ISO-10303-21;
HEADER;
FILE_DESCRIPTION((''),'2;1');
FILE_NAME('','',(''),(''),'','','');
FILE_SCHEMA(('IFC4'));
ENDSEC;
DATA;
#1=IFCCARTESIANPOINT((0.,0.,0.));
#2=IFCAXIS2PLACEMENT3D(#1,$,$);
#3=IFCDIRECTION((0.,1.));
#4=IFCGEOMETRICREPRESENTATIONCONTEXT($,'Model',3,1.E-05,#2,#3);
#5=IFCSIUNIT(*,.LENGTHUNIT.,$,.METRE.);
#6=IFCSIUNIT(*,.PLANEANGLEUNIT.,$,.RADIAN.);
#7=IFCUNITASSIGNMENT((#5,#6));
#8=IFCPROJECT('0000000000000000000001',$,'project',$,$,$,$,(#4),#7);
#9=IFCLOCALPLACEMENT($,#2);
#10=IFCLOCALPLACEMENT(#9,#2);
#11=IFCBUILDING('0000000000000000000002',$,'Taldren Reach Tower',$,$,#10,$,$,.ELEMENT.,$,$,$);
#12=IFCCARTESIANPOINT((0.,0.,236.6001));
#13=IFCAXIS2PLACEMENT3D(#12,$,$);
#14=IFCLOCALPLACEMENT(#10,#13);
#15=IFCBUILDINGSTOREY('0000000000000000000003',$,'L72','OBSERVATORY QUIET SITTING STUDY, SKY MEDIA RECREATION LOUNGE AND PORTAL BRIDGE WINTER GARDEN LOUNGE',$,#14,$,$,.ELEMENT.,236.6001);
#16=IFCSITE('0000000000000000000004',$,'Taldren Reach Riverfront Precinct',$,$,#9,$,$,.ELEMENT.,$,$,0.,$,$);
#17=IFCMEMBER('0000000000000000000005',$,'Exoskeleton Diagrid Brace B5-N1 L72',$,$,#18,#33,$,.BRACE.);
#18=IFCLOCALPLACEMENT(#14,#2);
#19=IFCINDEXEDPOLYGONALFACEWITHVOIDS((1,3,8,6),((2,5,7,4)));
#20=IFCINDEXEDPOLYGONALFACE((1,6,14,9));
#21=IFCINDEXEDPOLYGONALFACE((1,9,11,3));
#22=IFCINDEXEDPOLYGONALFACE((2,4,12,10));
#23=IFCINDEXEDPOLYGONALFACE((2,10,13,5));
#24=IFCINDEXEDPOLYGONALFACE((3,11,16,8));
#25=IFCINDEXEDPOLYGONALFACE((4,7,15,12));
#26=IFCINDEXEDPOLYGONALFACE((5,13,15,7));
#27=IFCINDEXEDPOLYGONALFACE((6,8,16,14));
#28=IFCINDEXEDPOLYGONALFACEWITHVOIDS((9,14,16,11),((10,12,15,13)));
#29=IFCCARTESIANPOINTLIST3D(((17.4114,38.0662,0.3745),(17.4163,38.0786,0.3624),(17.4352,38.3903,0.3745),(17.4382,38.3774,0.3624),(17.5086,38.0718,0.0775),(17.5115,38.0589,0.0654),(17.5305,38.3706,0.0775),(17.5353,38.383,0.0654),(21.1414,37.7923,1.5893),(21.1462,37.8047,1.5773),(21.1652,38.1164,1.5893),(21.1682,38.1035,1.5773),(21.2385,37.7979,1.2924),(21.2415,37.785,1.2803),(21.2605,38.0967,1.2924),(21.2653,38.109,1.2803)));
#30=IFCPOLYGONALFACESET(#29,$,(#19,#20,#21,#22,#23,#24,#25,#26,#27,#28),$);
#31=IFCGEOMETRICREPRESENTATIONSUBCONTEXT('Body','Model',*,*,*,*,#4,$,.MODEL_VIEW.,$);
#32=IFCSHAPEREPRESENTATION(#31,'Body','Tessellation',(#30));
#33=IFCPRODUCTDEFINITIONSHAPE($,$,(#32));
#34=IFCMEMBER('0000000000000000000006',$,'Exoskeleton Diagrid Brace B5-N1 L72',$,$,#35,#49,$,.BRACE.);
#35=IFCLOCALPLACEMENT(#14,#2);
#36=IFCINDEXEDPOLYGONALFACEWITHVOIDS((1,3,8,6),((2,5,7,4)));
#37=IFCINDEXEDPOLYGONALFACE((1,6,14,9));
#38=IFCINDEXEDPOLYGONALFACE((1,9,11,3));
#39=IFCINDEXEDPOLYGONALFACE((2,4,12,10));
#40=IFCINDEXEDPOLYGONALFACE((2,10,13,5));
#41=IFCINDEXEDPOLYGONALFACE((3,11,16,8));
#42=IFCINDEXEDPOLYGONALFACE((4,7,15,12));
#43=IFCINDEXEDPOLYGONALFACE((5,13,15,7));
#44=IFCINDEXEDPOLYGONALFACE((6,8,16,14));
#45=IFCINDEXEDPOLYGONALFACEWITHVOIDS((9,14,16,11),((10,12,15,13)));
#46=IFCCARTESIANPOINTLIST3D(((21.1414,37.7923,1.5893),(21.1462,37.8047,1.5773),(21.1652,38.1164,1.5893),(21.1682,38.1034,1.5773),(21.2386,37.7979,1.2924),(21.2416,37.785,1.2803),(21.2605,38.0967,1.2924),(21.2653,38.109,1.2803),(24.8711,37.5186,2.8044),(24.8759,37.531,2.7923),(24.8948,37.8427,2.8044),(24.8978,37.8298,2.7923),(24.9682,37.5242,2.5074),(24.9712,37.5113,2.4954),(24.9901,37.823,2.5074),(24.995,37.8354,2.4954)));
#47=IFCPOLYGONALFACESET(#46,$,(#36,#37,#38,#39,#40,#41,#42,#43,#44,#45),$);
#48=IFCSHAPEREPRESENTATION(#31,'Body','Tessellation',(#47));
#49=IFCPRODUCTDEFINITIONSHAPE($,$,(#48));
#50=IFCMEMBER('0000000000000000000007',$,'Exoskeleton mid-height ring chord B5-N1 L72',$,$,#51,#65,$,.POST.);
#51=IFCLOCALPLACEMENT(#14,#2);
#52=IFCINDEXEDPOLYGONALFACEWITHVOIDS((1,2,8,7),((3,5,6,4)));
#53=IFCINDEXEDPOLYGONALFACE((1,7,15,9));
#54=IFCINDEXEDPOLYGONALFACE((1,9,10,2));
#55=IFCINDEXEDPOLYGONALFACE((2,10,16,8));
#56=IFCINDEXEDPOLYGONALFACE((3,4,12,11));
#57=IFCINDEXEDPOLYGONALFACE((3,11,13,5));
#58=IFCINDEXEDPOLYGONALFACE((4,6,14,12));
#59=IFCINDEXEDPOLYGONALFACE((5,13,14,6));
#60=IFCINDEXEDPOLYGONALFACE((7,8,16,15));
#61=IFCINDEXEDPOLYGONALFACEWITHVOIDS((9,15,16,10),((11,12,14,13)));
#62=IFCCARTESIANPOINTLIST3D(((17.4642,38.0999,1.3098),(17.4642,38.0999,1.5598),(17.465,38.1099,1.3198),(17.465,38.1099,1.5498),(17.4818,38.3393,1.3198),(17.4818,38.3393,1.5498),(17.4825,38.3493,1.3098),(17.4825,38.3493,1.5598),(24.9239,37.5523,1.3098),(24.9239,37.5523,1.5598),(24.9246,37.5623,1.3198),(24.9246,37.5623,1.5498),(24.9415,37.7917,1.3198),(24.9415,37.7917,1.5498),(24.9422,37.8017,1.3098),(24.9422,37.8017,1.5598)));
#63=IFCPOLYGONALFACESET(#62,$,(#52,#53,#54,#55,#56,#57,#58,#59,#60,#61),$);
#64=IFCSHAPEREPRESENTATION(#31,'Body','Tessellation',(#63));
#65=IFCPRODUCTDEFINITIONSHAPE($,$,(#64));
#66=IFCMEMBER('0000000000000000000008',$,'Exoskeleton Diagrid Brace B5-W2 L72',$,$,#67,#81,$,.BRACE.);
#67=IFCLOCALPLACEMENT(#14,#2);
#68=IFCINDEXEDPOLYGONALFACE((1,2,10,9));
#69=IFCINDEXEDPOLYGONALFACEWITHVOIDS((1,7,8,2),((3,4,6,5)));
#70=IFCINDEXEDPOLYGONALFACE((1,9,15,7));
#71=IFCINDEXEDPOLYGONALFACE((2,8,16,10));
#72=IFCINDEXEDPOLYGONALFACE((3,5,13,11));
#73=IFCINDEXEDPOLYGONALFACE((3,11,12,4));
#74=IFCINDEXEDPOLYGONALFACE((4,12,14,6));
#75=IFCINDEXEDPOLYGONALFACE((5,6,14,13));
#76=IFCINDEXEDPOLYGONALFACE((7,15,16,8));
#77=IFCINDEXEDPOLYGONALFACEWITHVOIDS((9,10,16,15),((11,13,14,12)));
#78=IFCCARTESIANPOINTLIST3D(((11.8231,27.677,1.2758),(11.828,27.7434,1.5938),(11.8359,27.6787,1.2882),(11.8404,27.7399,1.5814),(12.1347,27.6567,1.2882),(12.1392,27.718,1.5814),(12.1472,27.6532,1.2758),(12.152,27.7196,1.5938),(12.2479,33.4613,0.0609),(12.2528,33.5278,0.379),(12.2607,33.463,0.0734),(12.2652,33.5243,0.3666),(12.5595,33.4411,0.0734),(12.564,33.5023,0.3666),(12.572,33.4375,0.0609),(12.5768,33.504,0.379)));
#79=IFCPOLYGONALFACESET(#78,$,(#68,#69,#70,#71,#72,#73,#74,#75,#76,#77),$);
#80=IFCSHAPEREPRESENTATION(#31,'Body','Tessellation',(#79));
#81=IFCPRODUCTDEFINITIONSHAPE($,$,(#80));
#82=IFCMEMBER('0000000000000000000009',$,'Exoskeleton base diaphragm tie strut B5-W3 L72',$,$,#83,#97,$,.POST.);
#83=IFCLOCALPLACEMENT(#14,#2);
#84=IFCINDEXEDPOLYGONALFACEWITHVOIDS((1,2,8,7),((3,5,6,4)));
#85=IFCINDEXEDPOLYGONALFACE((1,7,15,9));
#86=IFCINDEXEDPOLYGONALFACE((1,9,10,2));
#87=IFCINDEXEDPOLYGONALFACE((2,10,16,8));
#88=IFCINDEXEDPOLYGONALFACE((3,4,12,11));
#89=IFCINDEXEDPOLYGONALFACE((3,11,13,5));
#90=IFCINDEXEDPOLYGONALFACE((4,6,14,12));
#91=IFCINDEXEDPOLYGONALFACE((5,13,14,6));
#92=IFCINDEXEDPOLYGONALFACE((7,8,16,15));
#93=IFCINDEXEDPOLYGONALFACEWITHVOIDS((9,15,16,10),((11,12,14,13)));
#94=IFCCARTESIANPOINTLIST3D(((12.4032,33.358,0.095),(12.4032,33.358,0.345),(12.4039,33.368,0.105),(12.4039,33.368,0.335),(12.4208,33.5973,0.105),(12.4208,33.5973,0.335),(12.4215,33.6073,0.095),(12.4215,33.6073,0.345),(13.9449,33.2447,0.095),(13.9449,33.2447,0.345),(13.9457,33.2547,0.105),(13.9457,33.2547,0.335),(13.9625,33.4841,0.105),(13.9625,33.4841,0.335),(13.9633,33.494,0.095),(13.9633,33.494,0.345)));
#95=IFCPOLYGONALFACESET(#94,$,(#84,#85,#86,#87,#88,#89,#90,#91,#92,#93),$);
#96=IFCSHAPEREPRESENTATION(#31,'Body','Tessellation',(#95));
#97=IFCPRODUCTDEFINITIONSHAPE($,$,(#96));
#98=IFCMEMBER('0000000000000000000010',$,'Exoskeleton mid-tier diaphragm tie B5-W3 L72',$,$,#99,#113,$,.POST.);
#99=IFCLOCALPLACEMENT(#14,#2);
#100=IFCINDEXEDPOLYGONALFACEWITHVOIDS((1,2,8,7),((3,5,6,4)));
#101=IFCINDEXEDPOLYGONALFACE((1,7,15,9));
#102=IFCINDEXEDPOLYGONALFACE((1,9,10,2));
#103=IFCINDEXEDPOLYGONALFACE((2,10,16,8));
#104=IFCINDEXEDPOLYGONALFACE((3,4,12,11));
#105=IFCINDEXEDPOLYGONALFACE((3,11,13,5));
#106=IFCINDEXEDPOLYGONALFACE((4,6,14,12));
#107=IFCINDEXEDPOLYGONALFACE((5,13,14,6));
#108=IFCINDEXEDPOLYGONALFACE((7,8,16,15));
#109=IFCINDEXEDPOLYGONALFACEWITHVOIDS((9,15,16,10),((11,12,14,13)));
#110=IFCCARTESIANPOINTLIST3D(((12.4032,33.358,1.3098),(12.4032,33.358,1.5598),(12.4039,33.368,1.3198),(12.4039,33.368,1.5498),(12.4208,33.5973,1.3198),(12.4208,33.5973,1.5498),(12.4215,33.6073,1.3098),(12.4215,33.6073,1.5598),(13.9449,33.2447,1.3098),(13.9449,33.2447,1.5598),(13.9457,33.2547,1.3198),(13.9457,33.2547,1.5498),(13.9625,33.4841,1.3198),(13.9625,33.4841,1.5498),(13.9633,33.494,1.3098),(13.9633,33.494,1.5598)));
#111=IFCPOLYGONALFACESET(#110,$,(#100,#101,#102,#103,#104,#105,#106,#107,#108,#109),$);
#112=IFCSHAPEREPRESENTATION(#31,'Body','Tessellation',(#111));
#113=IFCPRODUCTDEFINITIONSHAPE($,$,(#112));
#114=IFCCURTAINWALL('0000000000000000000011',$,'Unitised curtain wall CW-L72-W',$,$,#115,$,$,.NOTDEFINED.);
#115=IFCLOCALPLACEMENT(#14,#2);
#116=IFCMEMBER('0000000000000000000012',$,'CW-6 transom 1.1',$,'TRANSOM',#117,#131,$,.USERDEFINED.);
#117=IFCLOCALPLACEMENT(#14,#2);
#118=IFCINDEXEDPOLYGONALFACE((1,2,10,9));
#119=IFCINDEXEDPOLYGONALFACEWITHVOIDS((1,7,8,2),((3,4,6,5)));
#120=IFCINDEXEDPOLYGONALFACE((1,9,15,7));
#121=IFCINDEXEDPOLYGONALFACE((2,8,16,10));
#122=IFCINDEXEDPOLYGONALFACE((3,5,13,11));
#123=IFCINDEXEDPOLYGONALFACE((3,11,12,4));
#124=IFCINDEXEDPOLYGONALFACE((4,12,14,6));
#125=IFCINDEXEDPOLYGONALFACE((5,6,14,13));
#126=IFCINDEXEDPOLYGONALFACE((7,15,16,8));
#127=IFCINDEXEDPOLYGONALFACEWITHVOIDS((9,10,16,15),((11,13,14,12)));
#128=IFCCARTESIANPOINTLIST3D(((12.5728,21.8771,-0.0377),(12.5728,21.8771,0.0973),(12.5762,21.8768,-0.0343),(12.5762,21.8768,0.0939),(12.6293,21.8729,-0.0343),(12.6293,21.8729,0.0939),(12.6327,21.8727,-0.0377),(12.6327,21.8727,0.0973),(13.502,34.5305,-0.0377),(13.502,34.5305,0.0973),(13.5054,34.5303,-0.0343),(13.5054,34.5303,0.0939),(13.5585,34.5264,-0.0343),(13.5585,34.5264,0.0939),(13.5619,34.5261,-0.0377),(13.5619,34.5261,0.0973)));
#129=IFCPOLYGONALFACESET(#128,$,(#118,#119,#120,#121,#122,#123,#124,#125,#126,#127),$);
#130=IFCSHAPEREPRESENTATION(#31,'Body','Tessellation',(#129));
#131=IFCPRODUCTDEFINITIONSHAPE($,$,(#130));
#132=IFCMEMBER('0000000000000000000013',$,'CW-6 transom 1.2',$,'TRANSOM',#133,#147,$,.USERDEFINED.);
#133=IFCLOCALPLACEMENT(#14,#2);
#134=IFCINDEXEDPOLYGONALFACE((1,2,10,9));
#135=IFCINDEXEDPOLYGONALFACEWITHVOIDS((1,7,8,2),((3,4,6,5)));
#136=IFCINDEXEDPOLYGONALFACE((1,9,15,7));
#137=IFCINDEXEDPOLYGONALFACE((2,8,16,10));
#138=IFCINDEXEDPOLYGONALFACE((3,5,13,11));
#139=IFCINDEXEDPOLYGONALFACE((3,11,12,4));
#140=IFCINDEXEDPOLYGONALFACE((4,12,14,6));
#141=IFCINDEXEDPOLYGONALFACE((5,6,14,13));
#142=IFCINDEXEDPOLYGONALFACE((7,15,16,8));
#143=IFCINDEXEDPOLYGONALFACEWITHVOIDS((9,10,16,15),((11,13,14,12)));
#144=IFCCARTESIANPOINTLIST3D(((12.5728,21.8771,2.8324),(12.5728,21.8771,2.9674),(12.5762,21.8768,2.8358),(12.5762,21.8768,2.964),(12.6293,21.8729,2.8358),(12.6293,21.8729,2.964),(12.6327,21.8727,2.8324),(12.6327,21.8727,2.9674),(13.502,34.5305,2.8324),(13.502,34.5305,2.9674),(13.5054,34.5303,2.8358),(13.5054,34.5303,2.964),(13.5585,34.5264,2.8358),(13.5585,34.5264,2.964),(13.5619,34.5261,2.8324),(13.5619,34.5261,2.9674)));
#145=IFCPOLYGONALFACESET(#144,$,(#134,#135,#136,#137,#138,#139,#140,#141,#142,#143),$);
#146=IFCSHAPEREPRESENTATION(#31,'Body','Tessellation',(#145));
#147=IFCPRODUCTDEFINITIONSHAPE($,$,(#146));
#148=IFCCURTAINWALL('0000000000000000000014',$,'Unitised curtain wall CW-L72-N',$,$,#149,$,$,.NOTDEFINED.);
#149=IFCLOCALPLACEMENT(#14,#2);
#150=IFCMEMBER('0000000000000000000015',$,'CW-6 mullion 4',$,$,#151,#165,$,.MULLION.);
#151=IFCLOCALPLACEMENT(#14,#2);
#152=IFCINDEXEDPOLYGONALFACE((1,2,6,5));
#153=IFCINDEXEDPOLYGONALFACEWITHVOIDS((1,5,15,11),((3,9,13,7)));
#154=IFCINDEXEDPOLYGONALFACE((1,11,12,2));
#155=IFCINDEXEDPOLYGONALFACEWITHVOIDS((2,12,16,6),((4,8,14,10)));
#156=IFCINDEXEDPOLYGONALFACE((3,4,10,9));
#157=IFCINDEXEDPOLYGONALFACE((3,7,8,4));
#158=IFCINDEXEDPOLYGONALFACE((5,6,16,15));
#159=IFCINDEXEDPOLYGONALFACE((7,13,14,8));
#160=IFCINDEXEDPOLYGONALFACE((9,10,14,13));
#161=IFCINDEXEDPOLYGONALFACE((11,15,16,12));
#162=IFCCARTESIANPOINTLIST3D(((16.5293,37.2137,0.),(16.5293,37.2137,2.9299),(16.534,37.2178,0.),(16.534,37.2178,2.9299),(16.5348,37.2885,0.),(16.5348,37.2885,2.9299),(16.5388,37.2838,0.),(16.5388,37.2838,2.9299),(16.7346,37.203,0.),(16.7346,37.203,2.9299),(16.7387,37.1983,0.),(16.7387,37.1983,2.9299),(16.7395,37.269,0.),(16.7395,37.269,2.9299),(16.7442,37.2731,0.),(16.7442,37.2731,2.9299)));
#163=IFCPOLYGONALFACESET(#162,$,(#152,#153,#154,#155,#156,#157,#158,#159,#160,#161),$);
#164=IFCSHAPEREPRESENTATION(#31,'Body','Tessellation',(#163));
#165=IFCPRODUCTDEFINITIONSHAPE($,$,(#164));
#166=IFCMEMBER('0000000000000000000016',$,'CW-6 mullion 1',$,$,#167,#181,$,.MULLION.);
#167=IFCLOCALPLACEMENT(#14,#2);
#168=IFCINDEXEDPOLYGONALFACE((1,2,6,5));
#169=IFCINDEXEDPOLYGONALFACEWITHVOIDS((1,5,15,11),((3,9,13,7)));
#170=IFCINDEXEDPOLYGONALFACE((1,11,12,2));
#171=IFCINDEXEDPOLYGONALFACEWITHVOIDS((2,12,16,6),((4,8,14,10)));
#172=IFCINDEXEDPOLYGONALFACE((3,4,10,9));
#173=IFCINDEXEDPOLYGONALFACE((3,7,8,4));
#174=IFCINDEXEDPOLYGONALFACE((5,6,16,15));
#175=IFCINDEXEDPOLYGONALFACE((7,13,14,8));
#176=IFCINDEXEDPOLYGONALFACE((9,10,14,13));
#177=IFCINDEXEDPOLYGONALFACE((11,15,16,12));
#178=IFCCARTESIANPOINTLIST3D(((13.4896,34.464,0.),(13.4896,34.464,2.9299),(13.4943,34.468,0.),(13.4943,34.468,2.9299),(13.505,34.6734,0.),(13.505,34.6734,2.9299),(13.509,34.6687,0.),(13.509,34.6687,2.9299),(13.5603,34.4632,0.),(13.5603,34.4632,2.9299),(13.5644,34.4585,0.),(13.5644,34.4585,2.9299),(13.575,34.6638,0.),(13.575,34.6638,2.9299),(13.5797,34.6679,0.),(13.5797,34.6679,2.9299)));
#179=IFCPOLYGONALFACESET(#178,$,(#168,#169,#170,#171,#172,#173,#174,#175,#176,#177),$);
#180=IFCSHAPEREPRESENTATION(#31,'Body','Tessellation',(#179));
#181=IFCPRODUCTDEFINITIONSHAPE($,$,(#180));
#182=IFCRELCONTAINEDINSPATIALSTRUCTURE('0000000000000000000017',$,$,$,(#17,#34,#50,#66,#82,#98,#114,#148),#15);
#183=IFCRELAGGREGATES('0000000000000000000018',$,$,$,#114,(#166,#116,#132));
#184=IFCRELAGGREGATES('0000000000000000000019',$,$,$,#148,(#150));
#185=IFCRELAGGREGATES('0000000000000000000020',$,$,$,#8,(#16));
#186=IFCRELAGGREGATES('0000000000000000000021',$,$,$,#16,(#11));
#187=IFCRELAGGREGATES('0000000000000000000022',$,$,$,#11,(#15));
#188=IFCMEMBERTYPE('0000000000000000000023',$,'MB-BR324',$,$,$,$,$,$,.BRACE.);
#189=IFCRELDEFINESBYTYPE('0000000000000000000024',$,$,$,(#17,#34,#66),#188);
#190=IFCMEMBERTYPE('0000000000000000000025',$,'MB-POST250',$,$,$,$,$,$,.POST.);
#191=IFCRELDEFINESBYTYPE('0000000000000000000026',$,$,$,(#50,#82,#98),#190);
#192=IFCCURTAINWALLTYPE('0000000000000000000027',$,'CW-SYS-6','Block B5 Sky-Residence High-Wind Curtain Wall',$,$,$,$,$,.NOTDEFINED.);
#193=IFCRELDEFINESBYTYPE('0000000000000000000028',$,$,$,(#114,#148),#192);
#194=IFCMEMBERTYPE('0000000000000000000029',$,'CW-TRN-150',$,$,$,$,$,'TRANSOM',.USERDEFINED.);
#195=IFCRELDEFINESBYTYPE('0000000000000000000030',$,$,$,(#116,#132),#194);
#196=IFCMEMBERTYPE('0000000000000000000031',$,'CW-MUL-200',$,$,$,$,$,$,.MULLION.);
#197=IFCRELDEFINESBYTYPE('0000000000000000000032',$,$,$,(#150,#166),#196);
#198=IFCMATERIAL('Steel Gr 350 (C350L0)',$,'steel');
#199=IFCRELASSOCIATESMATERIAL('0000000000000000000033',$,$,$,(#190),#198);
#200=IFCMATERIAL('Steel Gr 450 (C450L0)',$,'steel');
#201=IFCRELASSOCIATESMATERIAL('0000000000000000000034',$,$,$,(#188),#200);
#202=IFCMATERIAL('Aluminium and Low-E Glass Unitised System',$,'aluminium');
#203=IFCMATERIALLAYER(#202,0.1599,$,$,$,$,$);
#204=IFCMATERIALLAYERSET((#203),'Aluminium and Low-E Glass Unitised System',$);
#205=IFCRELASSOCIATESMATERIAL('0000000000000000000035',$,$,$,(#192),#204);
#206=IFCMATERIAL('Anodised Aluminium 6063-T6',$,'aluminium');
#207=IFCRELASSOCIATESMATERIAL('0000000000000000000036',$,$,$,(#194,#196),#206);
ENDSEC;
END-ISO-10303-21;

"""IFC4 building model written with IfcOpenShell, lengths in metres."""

from ifc_helpers import new_model, si_unit, direction, frame, origin, origin_2d, place, context, subcontext, project, spatial, hollow_rectangle, extrude, source, transform, mapped, material, layer, layer_set, material_profile, profile_set, type_object, element, aggregate, save


model = new_model("IFC4")

# Units and contexts
model_context = context("Model", 3, precision=1e-05, world=origin(), true_north=direction((0.0, 1.0)))
body_context = subcontext(model_context, "Body", "Model", "MODEL_VIEW")
ifc_project = project(units=[si_unit("LENGTHUNIT", "METRE"), si_unit("PLANEANGLEUNIT", "RADIAN")], contexts=[model_context])

# Site, building, storey
site_placement = place(None, origin())
site = spatial("IfcSite", under=ifc_project, at=site_placement, Name="Taldren Reach Riverfront Precinct", CompositionType="ELEMENT", RefElevation=0.0)
building_placement = place(site_placement, origin())
building = spatial("IfcBuilding", under=site, at=building_placement, Name="Taldren Reach Tower", CompositionType="ELEMENT")
storey_placement = place(building_placement, frame((0.0, 0.0, 236.6001)))
storey = spatial("IfcBuildingStorey", under=building, at=storey_placement, Name="L72", Description="OBSERVATORY QUIET SITTING STUDY, SKY MEDIA RECREATION LOUNGE AND PORTAL BRIDGE WINTER GARDEN LOUNGE", CompositionType="ELEMENT", Elevation=236.6001)

# Shared definitions
ifc_material_1 = material(Name="Steel Gr 350 (C350L0)", Category="steel")

# Shared definitions
ifc_material_profile_1 = material_profile(ifc_material_1, hollow_rectangle(XDim=0.25, YDim=0.25, WallThickness=0.01, at=origin_2d()), Name="250x250x10.0SHS")
ifc_profile_set_1 = profile_set([ifc_material_profile_1], Name="Steel Gr 350 (C350L0)")
member_type_1 = type_object("IfcMemberType", Name="MB-POST250", PredefinedType="POST", material=ifc_profile_set_1)
ifc_material_2 = material(Name="Steel Gr 450 (C450L0)", Category="steel")

# Members
ifc_material_profile_2 = material_profile(ifc_material_2, hollow_rectangle(XDim=0.325, YDim=0.325, WallThickness=0.0127, at=origin_2d()), Name="325x325x12.7SHS")
ifc_profile_set_2 = profile_set([ifc_material_profile_2], Name="Steel Gr 450 (C450L0)")
member_type_2 = type_object("IfcMemberType", Name="MB-BR324", PredefinedType="BRACE", material=ifc_profile_set_2)
shared_shape_1 = source(origin(), body_context, "Body", "SweptSolid", [
    extrude(hollow_rectangle(XDim=0.325, YDim=0.325, WallThickness=0.0127, at=origin_2d()), origin(), (0.0, 0.0, 1.0), 3.9324),
])
member_1_placement = place(storey_placement, frame((17.4734, 38.2246, 0.22), z_axis=(0.948529, -0.069659, 0.308933), x_axis=(0.073242, 0.997314, 0.0)))
element("IfcMember", 1, at=member_1_placement, inside=storey, type_object=member_type_2, Name="Exoskeleton Diagrid Brace B5-N1 L72", PredefinedType="BRACE", context=body_context, shape_type="MappedRepresentation", body=[
    mapped(shared_shape_1, transform((0.0, 0.0, 0.0), scale=1.0)),
])
shared_shape_2 = source(origin(), body_context, "Body", "SweptSolid", [
    extrude(hollow_rectangle(XDim=0.325, YDim=0.325, WallThickness=0.0127, at=origin_2d()), origin(), (0.0, 0.0, 1.0), 3.9321),
])
member_2_placement = place(storey_placement, frame((21.2034, 37.9507, 1.4348), z_axis=(0.948509, -0.0696, 0.309009), x_axis=(0.073182, 0.997319, 0.0)))
element("IfcMember", 2, at=member_2_placement, inside=storey, type_object=member_type_2, Name="Exoskeleton Diagrid Brace B5-N1 L72", PredefinedType="BRACE", context=body_context, shape_type="MappedRepresentation", body=[
    mapped(shared_shape_2, transform((0.0, 0.0, 0.0), scale=1.0)),
])
shared_shape_3 = source(origin(), body_context, "Body", "SweptSolid", [
    extrude(hollow_rectangle(XDim=0.25, YDim=0.25, WallThickness=0.01, at=origin_2d()), origin(), (0.0, 0.0, 1.0), 7.4797),
])
member_3_placement = place(storey_placement, frame((17.4734, 38.2246, 1.4348), z_axis=(0.997316, -0.073212, 0.0), x_axis=(0.073212, 0.997316, 0.0)))
element("IfcMember", 3, at=member_3_placement, inside=storey, type_object=member_type_1, Name="Exoskeleton mid-height ring chord B5-N1 L72", PredefinedType="POST", context=body_context, shape_type="MappedRepresentation", body=[
    mapped(shared_shape_3, transform((0.0, 0.0, 0.0), scale=1.0)),
])
shared_shape_4 = source(origin(), body_context, "Body", "SweptSolid", [
    extrude(hollow_rectangle(XDim=0.325, YDim=0.325, WallThickness=0.0127, at=origin_2d()), origin(), (0.0, 0.0, 1.0), 5.9258),
])
member_4_placement = place(storey_placement, frame((12.4124, 33.4827, 0.22), z_axis=(-0.071687, -0.976132, 0.205007), x_axis=(0.997314, -0.073242, 0.0)))
element("IfcMember", 4, at=member_4_placement, inside=storey, type_object=member_type_2, Name="Exoskeleton Diagrid Brace B5-W2 L72", PredefinedType="BRACE", context=body_context, shape_type="MappedRepresentation", body=[
    mapped(shared_shape_4, transform((0.0, 0.0, 0.0), scale=1.0)),
])
shared_shape_5 = source(origin(), body_context, "Body", "SweptSolid", [
    extrude(hollow_rectangle(XDim=0.25, YDim=0.25, WallThickness=0.01, at=origin_2d()), origin(), (0.0, 0.0, 1.0), 1.5459),
])
for number, where, z_axis, x_axis, name in (
    (5, (13.9541, 33.3694, 0.22), (-0.997312, 0.073278, 0.0), (-0.073278, -0.997312, 0.0), "Exoskeleton base diaphragm tie strut B5-W3 L72"),
    (6, (13.9541, 33.3694, 1.4348), (-0.997312, 0.073278, 0.0), (-0.073278, -0.997312, 0.0), "Exoskeleton mid-tier diaphragm tie B5-W3 L72"),
):
    element("IfcMember", number, at=place(storey_placement, frame(where, z_axis=z_axis, x_axis=x_axis)), inside=storey, type_object=member_type_1, Name=name, PredefinedType="POST", context=body_context, shape_type="MappedRepresentation", body=[
        mapped(shared_shape_5, transform((0.0, 0.0, 0.0), scale=1.0)),
    ])

# Curtain wall, members
ifc_material_3 = material(Name="Aluminium and Low-E Glass Unitised System", Category="aluminium")
ifc_layer_1 = layer(ifc_material_3, 0.1599)
ifc_layer_set_1 = layer_set([ifc_layer_1], Name="Aluminium and Low-E Glass Unitised System")
curtain_wall_type = type_object("IfcCurtainWallType", Name="CW-SYS-6", Description="Block B5 Sky-Residence High-Wind Curtain Wall", PredefinedType="NOTDEFINED", material=ifc_layer_set_1)
curtain_wall_1_placement = place(storey_placement, origin())
curtain_wall_1 = element("IfcCurtainWall", 7, at=curtain_wall_1_placement, inside=storey, type_object=curtain_wall_type, Name="Unitised curtain wall CW-L72-W", PredefinedType="NOTDEFINED")
ifc_material_4 = material(Name="Anodised Aluminium 6063-T6", Category="aluminium")
ifc_material_profile_3 = material_profile(ifc_material_4, hollow_rectangle(XDim=0.0601, YDim=0.135, WallThickness=0.0034, at=origin_2d()), Name="ALU-135x60x3.5RHS")
ifc_profile_set_3 = profile_set([ifc_material_profile_3], Name="Anodised Aluminium 6063-T6")
member_type_3 = type_object("IfcMemberType", Name="CW-TRN-150", ElementType="TRANSOM", PredefinedType="USERDEFINED", material=ifc_profile_set_3)
shared_shape_6 = source(origin(), body_context, "Body", "SweptSolid", [
    extrude(hollow_rectangle(XDim=0.0601, YDim=0.135, WallThickness=0.0034, at=origin_2d()), origin(), (0.0, 0.0, 1.0), 12.6875),
])
member_5_placement = place(storey_placement, frame((13.532, 34.5283, 0.0298), z_axis=(-0.073238, -0.997314, 0.0), x_axis=(0.997314, -0.073238, 0.0)))
member_5 = element("IfcMember", 8, at=member_5_placement, type_object=member_type_3, Name="CW-6 transom 1.1", ObjectType="TRANSOM", PredefinedType="USERDEFINED", context=body_context, shape_type="MappedRepresentation", body=[
    mapped(shared_shape_6, transform((0.0, 0.0, 0.0), scale=1.0)),
])
member_6_placement = place(storey_placement, frame((13.532, 34.5283, 2.8999), z_axis=(-0.073238, -0.997314, 0.0), x_axis=(0.997314, -0.073238, 0.0)))
member_6 = element("IfcMember", 9, at=member_6_placement, type_object=member_type_3, Name="CW-6 transom 1.2", ObjectType="TRANSOM", PredefinedType="USERDEFINED", context=body_context, shape_type="MappedRepresentation", body=[
    mapped(shared_shape_6, transform((0.0, 0.0, 0.0), scale=1.0)),
])

# Curtain wall, member
curtain_wall_2_placement = place(storey_placement, origin())
curtain_wall_2 = element("IfcCurtainWall", 10, at=curtain_wall_2_placement, inside=storey, type_object=curtain_wall_type, Name="Unitised curtain wall CW-L72-N", PredefinedType="NOTDEFINED")
ifc_material_profile_4 = material_profile(ifc_material_4, hollow_rectangle(XDim=0.075, YDim=0.21, WallThickness=0.0044, at=origin_2d()), Name="ALU-210x75x4.5RHS")
ifc_profile_set_4 = profile_set([ifc_material_profile_4], Name="Anodised Aluminium 6063-T6")
member_type_4 = type_object("IfcMemberType", Name="CW-MUL-200", PredefinedType="MULLION", material=ifc_profile_set_4)
shared_shape_7 = source(origin(), body_context, "Body", "SweptSolid", [
    extrude(hollow_rectangle(XDim=0.075, YDim=0.21, WallThickness=0.0044, at=origin_2d()), origin(), (0.0, 0.0, 1.0), 2.9299),
])
member_7_placement = place(storey_placement, frame((16.6367, 37.2434, 0.0), z_axis=(0.0, 0.0, 1.0), x_axis=(-0.073238, -0.997314, 0.0)))
member_7 = element("IfcMember", 11, at=member_7_placement, type_object=member_type_4, Name="CW-6 mullion 4", PredefinedType="MULLION", context=body_context, shape_type="MappedRepresentation", body=[
    mapped(shared_shape_7, transform((0.0, 0.0, 0.0), scale=1.0)),
])

# Member
member_8_placement = place(storey_placement, frame((13.5347, 34.5659, 0.0), z_axis=(0.0, 0.0, 1.0), x_axis=(0.997314, -0.073238, 0.0)))
member_8 = element("IfcMember", 12, at=member_8_placement, type_object=member_type_4, Name="CW-6 mullion 1", PredefinedType="MULLION", context=body_context, shape_type="MappedRepresentation", body=[
    mapped(shared_shape_7, transform((0.0, 0.0, 0.0), scale=1.0)),
])
aggregate(curtain_wall_1, [member_8, member_5, member_6])

aggregate(curtain_wall_2, [member_7])

save(model, "model.ifc")
